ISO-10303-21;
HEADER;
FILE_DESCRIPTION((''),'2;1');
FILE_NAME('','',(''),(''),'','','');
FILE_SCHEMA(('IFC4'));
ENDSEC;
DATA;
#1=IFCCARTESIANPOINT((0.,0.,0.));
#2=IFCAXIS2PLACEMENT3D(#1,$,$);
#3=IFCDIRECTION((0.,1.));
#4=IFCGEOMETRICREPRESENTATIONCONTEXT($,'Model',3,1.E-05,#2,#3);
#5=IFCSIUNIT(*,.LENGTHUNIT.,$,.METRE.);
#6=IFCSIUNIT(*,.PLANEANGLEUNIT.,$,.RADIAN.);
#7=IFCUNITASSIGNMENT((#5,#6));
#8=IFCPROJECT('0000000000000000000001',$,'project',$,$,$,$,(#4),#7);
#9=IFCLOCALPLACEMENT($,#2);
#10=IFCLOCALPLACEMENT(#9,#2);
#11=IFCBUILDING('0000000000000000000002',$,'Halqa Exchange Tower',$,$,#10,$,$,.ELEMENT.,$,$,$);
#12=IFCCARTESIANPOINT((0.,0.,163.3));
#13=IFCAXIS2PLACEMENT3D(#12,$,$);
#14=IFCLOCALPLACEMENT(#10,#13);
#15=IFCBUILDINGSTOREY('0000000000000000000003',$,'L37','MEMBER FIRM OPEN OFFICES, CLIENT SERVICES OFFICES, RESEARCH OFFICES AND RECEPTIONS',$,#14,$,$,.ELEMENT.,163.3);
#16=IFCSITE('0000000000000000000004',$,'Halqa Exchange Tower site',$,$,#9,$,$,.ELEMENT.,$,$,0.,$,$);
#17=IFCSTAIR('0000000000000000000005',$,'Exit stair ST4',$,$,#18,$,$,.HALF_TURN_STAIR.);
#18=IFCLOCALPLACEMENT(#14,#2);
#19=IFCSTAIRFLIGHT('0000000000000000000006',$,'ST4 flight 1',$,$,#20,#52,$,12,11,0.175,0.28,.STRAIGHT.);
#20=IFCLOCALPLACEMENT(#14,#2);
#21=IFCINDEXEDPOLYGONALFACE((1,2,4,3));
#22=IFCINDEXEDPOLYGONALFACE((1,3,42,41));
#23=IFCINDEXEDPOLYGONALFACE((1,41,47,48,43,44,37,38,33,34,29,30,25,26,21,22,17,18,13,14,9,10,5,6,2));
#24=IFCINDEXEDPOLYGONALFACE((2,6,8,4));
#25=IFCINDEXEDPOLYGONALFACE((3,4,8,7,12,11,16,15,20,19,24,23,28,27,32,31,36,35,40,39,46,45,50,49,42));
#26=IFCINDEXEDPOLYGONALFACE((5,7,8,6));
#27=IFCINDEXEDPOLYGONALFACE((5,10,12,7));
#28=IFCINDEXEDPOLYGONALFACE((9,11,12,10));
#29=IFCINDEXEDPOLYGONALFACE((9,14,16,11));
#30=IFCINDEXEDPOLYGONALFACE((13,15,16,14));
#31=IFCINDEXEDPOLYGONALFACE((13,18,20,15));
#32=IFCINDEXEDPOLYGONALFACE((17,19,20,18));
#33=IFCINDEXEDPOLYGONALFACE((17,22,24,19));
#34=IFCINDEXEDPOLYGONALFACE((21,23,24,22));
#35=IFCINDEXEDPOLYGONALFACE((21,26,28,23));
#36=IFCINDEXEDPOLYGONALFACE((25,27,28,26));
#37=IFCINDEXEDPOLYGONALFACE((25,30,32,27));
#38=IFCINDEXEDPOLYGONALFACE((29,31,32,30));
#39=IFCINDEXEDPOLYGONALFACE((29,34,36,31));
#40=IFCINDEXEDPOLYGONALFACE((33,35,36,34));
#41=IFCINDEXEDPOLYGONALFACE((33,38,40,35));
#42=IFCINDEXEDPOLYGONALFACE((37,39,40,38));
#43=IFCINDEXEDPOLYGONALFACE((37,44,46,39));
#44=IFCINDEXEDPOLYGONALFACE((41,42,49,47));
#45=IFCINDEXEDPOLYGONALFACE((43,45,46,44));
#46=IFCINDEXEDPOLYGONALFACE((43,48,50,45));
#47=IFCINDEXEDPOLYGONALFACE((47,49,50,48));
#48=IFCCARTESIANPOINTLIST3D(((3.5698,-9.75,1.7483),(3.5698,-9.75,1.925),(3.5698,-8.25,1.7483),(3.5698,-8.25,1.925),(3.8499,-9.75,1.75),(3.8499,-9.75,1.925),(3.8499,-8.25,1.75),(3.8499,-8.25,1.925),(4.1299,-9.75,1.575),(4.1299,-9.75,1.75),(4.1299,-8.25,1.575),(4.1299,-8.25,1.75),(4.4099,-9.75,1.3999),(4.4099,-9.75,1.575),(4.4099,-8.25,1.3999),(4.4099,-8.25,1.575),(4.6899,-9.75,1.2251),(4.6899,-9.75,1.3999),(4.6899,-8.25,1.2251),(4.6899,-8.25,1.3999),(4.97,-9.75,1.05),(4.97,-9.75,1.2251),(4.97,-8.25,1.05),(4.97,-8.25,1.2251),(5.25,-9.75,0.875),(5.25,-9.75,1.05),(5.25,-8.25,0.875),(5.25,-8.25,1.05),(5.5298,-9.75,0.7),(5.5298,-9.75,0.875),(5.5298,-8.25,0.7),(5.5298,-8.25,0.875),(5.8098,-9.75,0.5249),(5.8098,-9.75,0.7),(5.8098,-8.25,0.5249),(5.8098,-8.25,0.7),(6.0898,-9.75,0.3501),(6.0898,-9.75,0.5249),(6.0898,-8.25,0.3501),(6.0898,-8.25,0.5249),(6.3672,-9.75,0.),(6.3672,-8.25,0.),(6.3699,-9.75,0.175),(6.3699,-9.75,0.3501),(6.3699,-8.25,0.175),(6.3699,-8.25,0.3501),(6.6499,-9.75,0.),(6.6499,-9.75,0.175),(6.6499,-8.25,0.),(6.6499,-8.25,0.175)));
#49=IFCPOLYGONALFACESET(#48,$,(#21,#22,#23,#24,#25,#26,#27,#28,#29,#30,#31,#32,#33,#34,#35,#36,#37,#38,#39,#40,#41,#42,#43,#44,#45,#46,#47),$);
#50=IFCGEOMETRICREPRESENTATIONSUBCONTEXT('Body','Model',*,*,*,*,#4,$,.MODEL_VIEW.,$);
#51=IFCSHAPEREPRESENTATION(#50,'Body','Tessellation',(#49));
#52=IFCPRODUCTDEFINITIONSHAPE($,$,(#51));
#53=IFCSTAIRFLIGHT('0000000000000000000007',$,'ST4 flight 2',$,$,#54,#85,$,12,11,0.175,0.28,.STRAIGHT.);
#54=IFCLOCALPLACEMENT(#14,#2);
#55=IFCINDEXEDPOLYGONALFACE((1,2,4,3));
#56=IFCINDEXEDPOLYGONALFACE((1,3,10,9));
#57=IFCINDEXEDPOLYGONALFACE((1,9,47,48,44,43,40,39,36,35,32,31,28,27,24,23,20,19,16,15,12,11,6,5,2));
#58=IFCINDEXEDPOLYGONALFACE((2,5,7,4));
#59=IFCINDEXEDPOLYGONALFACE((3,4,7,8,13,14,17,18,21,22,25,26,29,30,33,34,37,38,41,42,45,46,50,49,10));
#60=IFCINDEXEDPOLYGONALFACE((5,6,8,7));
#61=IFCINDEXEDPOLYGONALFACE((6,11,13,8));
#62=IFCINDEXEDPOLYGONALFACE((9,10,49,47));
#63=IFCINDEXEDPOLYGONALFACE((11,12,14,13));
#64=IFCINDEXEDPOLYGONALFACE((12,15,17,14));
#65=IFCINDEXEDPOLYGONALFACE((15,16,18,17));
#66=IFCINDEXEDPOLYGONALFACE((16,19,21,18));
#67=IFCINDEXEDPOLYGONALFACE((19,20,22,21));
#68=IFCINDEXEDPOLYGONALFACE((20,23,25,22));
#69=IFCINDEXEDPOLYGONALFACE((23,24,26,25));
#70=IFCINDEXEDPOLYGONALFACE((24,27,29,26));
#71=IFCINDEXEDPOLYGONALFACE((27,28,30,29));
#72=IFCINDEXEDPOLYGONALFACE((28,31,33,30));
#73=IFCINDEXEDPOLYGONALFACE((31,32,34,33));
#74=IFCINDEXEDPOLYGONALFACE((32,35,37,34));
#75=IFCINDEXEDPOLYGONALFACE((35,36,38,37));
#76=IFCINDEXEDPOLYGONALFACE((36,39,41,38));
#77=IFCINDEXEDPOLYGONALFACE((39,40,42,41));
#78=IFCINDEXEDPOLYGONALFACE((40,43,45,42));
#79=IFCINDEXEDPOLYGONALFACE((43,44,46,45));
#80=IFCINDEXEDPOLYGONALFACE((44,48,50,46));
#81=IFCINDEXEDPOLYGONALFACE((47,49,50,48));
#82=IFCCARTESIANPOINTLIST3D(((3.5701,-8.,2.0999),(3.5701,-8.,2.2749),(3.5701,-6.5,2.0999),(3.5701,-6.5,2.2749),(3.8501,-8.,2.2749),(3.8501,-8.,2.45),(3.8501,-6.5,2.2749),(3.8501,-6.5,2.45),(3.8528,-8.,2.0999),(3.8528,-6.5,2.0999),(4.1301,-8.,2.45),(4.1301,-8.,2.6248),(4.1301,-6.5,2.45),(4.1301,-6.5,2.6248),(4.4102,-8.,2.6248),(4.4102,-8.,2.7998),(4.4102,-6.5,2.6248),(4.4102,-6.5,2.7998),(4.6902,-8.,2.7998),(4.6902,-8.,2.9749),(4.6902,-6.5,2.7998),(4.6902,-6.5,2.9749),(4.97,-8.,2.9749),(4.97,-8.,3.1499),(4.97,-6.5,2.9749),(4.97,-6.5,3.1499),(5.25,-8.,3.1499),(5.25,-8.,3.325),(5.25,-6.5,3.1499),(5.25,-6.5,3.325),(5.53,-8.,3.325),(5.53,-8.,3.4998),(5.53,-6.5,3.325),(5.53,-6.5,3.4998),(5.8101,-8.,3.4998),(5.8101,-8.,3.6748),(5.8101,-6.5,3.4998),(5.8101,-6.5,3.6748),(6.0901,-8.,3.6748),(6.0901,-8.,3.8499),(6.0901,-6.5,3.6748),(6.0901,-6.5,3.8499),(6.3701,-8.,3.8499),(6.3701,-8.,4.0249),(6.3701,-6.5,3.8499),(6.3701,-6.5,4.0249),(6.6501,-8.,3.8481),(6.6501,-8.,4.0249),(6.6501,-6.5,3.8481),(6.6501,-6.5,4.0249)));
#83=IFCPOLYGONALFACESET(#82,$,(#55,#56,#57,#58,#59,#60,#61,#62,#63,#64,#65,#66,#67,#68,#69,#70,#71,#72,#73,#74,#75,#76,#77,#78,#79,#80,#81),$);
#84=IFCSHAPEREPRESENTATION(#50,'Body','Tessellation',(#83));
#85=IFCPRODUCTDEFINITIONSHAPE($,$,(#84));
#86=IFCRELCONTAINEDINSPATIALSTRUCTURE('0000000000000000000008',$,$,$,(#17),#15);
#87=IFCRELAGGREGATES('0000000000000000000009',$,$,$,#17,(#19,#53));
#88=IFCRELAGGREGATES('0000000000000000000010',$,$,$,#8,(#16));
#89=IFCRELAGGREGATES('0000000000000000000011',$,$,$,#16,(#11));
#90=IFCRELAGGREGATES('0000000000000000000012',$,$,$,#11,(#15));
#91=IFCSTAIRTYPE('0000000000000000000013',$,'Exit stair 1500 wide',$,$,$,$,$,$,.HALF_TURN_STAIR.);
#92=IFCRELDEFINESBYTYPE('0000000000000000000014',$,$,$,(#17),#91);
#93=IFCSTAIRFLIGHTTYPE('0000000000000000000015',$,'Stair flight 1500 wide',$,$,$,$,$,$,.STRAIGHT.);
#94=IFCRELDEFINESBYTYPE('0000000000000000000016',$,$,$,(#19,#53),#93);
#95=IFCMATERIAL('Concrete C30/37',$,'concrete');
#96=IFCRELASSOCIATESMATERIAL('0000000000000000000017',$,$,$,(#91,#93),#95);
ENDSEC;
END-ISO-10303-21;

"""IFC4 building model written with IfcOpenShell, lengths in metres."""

from ifc_helpers import new_model, si_unit, direction, frame, origin, place, context, subcontext, project, spatial, polyline, outline, extrude, material, type_object, element, aggregate, save


model = new_model("IFC4")

# Units and contexts
model_context = context("Model", 3, precision=1e-05, world=origin(), true_north=direction((0.0, 1.0)))
body_context = subcontext(model_context, "Body", "Model", "MODEL_VIEW")
ifc_project = project(units=[si_unit("LENGTHUNIT", "METRE"), si_unit("PLANEANGLEUNIT", "RADIAN")], contexts=[model_context])

# Site, building, storey
site_placement = place(None, origin())
site = spatial("IfcSite", under=ifc_project, at=site_placement, Name="Halqa Exchange Tower site", CompositionType="ELEMENT", RefElevation=0.0)
building_placement = place(site_placement, origin())
building = spatial("IfcBuilding", under=site, at=building_placement, Name="Halqa Exchange Tower", CompositionType="ELEMENT")
storey_placement = place(building_placement, frame((0.0, 0.0, 163.3)))
storey = spatial("IfcBuildingStorey", under=building, at=storey_placement, Name="L37", Description="MEMBER FIRM OPEN OFFICES, CLIENT SERVICES OFFICES, RESEARCH OFFICES AND RECEPTIONS", CompositionType="ELEMENT", Elevation=163.3)

# Shared definitions
ifc_material_1 = material(Name="Concrete C30/37", Category="concrete")

# Stair, stair flights
stair_type = type_object("IfcStairType", Name="Exit stair 1500 wide", PredefinedType="HALF_TURN_STAIR", material=ifc_material_1)
stair_placement = place(storey_placement, origin())
stair = element("IfcStair", 1, at=stair_placement, inside=storey, type_object=stair_type, Name="Exit stair ST4", PredefinedType="HALF_TURN_STAIR")
stair_flight_type = type_object("IfcStairFlightType", Name="Stair flight 1500 wide", PredefinedType="STRAIGHT", material=ifc_material_1)
stair_flight_1_placement = place(storey_placement, frame((6.6499, -9.0, 0.0), z_axis=(0.0, 0.0, 1.0), x_axis=(-1.0, 0.0, 0.0)))
stair_flight_1 = element("IfcStairFlight", 2, at=stair_flight_1_placement, type_object=stair_flight_type, Name="ST4 flight 1", NumberOfRisers=12, NumberOfTreads=11, PredefinedType="STRAIGHT", RiserHeight=0.175, TreadLength=0.28, context=body_context, shape_type="SweptSolid", body=[
    extrude(outline(polyline([(0.0, 0.0), (0.0, 0.175), (0.28, 0.175), (0.28, 0.3501), (0.5601, 0.3501), (0.5601, 0.5249), (0.8401, 0.5249), (0.8401, 0.7), (1.1201, 0.7), (1.1201, 0.875), (1.3999, 0.875), (1.3999, 1.05), (1.6799, 1.05), (1.6799, 1.2251), (1.96, 1.2251), (1.96, 1.3999), (2.24, 1.3999), (2.24, 1.575), (2.52, 1.575), (2.52, 1.75), (2.8, 1.75), (2.8, 1.925), (3.0801, 1.925), (3.0801, 2.1001), (3.0801, 1.7483), (0.2827, 0.0), (0.0, 0.0)])), frame((0.0, 0.75, 0.0), z_axis=(0.0, -1.0, 0.0), x_axis=(1.0, 0.0, 0.0)), (0.0, 0.0, 1.0), 1.5),
])
stair_flight_2_placement = place(storey_placement, frame((3.5701, -7.25, 2.0999), z_axis=(0.0, 0.0, 1.0), x_axis=(1.0, 0.0, 0.0)))
stair_flight_2 = element("IfcStairFlight", 3, at=stair_flight_2_placement, type_object=stair_flight_type, Name="ST4 flight 2", NumberOfRisers=12, NumberOfTreads=11, PredefinedType="STRAIGHT", RiserHeight=0.175, TreadLength=0.28, context=body_context, shape_type="SweptSolid", body=[
    extrude(outline(polyline([(0.0, 0.0), (0.0, 0.175), (0.28, 0.175), (0.28, 0.3501), (0.5601, 0.3501), (0.5601, 0.5249), (0.8401, 0.5249), (0.8401, 0.7), (1.1201, 0.7), (1.1201, 0.875), (1.3999, 0.875), (1.3999, 1.05), (1.6799, 1.05), (1.6799, 1.2251), (1.96, 1.2251), (1.96, 1.3999), (2.24, 1.3999), (2.24, 1.575), (2.52, 1.575), (2.52, 1.75), (2.8, 1.75), (2.8, 1.925), (3.0801, 1.925), (3.0801, 2.1001), (3.0801, 1.7483), (0.2827, 0.0), (0.0, 0.0)])), frame((0.0, 0.75, 0.0), z_axis=(0.0, -1.0, 0.0), x_axis=(1.0, 0.0, 0.0)), (0.0, 0.0, 1.0), 1.5),
])
aggregate(stair, [stair_flight_1, stair_flight_2])

save(model, "model.ifc")
